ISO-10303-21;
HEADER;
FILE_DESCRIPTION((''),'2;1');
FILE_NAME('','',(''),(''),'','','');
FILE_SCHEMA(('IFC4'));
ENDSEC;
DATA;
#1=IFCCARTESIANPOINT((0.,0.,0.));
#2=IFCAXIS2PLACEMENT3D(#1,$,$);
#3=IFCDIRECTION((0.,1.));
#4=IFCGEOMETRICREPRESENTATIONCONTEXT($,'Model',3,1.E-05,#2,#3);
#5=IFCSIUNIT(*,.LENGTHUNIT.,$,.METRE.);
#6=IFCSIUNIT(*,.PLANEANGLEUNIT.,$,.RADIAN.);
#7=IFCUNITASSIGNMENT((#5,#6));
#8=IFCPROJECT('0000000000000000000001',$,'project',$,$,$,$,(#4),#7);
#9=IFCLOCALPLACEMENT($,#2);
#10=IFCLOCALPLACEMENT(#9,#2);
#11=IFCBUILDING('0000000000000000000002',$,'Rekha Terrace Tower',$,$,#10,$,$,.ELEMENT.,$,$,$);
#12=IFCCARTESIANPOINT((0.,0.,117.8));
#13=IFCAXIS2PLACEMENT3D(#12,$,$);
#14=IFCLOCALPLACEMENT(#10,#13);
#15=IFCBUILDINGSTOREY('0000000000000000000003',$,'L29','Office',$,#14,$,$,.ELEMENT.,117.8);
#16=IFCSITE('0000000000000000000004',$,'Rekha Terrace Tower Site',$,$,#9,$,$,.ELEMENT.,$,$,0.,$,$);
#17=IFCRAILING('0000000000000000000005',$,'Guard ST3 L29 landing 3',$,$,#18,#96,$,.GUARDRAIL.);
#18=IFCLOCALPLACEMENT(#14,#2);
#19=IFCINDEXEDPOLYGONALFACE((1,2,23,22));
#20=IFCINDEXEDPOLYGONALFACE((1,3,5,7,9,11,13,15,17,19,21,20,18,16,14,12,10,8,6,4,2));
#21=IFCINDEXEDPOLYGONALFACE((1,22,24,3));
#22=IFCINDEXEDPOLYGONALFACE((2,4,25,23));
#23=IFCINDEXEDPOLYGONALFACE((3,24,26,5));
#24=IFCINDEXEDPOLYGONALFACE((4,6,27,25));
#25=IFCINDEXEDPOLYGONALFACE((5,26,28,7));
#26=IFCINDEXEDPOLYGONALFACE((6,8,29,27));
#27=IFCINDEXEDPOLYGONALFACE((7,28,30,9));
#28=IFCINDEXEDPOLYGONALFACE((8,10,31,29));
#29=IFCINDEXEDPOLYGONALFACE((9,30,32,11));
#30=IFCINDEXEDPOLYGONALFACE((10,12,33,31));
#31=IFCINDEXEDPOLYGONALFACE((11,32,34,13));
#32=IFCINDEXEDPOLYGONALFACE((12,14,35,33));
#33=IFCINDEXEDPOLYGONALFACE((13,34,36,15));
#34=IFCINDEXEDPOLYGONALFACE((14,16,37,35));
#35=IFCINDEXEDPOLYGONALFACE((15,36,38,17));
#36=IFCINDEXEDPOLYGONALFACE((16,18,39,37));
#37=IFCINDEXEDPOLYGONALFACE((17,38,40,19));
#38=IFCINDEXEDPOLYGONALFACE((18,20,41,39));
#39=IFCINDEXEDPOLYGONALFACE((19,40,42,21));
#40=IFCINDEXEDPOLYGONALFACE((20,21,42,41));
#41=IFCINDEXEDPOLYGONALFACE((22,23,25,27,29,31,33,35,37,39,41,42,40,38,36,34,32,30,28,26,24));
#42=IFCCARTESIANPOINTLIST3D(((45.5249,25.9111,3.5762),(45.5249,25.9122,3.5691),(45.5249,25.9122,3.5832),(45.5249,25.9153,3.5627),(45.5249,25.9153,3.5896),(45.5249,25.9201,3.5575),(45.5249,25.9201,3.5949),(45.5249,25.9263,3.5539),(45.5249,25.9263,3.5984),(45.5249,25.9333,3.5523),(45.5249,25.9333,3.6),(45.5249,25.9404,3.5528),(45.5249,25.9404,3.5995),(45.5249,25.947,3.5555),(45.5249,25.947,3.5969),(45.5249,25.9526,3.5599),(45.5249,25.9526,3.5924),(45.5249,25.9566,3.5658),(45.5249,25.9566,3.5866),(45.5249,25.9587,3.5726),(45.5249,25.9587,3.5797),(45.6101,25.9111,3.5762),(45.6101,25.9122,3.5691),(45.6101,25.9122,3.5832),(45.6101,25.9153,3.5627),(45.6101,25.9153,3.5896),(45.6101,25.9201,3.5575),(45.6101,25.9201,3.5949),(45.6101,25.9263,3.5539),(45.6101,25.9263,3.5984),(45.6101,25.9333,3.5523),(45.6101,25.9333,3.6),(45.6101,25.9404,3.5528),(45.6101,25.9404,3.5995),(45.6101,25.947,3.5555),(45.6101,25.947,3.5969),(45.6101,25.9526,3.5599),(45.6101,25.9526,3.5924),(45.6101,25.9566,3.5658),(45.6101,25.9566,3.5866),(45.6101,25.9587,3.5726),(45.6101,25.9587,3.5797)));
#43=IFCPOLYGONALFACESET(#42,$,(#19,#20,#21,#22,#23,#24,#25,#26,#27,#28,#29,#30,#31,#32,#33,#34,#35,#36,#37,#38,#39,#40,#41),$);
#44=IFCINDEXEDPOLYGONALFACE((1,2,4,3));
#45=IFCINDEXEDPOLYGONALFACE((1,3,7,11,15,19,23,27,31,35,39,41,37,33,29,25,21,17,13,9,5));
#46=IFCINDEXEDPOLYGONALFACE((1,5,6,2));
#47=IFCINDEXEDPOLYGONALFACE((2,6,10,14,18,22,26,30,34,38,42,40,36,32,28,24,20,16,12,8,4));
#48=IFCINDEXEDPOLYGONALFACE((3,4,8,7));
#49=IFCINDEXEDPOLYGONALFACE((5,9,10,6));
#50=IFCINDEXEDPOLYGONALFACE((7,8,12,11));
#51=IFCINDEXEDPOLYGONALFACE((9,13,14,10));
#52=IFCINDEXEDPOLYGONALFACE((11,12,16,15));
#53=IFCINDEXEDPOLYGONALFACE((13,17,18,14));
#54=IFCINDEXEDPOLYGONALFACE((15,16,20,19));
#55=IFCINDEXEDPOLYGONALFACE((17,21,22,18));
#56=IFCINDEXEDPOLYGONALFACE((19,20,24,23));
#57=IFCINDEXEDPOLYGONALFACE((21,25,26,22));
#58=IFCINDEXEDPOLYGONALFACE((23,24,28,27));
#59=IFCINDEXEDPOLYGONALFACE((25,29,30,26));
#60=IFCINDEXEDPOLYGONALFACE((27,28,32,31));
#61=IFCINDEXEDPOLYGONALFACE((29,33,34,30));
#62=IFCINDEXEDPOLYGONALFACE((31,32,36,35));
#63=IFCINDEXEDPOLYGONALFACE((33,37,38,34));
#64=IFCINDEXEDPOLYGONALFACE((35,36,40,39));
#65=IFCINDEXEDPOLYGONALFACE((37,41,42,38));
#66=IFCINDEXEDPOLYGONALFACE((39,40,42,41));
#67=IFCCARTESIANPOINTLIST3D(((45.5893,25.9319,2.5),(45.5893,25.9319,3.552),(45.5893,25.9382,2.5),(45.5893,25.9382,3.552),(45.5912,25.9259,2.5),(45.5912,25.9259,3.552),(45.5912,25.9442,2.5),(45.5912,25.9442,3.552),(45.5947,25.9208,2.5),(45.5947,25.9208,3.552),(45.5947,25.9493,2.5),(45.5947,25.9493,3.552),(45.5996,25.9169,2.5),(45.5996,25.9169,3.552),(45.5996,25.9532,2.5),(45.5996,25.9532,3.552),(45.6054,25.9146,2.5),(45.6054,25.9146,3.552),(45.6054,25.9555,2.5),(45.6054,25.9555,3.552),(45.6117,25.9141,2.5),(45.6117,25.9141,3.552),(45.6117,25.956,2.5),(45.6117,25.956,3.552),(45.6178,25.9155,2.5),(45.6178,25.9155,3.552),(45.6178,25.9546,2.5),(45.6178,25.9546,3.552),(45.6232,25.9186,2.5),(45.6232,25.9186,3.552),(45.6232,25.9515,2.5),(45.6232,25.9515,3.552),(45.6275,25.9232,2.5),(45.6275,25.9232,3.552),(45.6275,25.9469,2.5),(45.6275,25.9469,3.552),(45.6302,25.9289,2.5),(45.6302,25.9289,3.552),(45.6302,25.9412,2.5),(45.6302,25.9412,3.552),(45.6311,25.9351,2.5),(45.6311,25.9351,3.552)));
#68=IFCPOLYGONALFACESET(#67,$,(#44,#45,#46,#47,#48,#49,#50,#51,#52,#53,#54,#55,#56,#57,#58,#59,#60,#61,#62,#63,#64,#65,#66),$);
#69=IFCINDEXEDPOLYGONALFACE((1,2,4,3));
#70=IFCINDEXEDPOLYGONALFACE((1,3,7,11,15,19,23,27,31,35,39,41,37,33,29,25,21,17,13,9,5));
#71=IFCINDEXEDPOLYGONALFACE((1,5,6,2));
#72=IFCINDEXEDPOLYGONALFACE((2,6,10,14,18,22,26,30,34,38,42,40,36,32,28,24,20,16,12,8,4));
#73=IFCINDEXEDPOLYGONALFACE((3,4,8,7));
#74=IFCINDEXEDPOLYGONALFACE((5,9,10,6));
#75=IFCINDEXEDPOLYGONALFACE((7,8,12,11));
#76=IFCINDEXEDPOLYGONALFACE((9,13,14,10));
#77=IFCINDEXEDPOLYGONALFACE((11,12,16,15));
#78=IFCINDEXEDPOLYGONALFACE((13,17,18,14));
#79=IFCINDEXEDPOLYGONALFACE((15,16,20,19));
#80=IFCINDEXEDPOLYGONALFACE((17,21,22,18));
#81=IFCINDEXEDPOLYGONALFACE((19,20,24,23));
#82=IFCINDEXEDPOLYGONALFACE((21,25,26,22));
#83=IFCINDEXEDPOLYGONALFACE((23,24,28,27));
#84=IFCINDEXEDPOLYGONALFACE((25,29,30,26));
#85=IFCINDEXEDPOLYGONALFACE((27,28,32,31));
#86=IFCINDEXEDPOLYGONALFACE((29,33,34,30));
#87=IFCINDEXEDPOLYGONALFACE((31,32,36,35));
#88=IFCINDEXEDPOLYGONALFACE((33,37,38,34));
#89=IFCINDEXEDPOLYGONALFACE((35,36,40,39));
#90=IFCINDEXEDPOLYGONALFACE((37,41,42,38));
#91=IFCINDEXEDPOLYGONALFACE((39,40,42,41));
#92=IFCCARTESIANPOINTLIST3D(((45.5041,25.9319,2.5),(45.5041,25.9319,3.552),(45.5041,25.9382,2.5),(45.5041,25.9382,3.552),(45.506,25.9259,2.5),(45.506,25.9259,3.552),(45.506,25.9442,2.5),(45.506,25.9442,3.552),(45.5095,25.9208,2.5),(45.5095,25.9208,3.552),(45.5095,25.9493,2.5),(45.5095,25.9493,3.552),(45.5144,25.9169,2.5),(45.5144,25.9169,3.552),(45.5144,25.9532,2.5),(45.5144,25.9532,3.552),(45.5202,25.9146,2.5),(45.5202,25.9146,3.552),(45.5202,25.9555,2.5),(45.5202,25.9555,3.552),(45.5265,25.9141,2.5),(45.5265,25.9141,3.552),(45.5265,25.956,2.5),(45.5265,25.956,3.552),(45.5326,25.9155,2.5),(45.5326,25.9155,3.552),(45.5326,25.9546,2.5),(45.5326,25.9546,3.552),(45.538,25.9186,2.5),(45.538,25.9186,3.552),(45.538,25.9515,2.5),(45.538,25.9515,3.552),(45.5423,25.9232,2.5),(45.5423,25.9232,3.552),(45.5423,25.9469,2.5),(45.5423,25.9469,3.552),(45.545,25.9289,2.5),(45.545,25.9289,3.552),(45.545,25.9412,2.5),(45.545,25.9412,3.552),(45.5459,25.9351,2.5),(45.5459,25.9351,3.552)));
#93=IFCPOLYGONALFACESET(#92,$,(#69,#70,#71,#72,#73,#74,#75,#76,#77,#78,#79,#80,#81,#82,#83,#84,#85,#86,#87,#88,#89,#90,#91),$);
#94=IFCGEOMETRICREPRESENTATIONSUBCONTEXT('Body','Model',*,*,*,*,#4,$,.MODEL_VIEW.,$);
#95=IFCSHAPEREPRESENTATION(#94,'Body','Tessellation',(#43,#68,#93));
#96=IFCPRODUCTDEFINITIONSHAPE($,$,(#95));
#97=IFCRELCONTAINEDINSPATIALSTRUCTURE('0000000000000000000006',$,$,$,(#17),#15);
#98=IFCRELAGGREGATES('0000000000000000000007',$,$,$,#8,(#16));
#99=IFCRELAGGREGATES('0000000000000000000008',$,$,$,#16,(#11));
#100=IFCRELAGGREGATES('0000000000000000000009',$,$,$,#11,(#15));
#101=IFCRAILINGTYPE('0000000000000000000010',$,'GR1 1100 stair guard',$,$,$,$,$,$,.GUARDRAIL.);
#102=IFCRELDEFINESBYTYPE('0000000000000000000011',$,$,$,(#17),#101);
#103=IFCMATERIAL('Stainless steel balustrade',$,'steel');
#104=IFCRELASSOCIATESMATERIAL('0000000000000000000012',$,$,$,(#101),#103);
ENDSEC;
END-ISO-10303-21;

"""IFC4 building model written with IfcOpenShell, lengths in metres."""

from ifc_helpers import new_model, si_unit, direction, frame, origin, origin_2d, place, context, subcontext, project, spatial, circle, extrude, material, type_object, element, save


model = new_model("IFC4")

# Units and contexts
model_context = context("Model", 3, precision=1e-05, world=origin(), true_north=direction((0.0, 1.0)))
body_context = subcontext(model_context, "Body", "Model", "MODEL_VIEW")
ifc_project = project(units=[si_unit("LENGTHUNIT", "METRE"), si_unit("PLANEANGLEUNIT", "RADIAN")], contexts=[model_context])

# Site, building, storey
site_placement = place(None, origin())
site = spatial("IfcSite", under=ifc_project, at=site_placement, Name="Rekha Terrace Tower Site", CompositionType="ELEMENT", RefElevation=0.0)
building_placement = place(site_placement, origin())
building = spatial("IfcBuilding", under=site, at=building_placement, Name="Rekha Terrace Tower", CompositionType="ELEMENT")
storey_placement = place(building_placement, frame((0.0, 0.0, 117.8)))
storey = spatial("IfcBuildingStorey", under=building, at=storey_placement, Name="L29", Description="Office", CompositionType="ELEMENT", Elevation=117.8)

# Railing
ifc_material_1 = material(Name="Stainless steel balustrade", Category="steel")
railing_type_1 = type_object("IfcRailingType", Name="GR1 1100 stair guard", PredefinedType="GUARDRAIL", material=ifc_material_1)
railing_1_placement = place(storey_placement, frame((45.6101, 25.9351, 2.5)))
element("IfcRailing", 1, at=railing_1_placement, inside=storey, type_object=railing_type_1, Name="Guard ST3 L29 landing 3", PredefinedType="GUARDRAIL", context=body_context, shape_type="SweptSolid", body=[
    extrude(circle(Radius=0.0239, at=origin_2d()), frame((0.0, 0.0, 1.0762), z_axis=(-1.0, 0.0, 0.0), x_axis=(0.0, -1.0, 0.0)), (0.0, 0.0, 1.0), 0.0852),
    extrude(circle(Radius=0.021, at=origin_2d()), origin(), (0.0, 0.0, 1.0), 1.052),
    extrude(circle(Radius=0.021, at=origin_2d()), frame((-0.0852, 0.0, 0.0)), (0.0, 0.0, 1.0), 1.052),
])

save(model, "model.ifc")
